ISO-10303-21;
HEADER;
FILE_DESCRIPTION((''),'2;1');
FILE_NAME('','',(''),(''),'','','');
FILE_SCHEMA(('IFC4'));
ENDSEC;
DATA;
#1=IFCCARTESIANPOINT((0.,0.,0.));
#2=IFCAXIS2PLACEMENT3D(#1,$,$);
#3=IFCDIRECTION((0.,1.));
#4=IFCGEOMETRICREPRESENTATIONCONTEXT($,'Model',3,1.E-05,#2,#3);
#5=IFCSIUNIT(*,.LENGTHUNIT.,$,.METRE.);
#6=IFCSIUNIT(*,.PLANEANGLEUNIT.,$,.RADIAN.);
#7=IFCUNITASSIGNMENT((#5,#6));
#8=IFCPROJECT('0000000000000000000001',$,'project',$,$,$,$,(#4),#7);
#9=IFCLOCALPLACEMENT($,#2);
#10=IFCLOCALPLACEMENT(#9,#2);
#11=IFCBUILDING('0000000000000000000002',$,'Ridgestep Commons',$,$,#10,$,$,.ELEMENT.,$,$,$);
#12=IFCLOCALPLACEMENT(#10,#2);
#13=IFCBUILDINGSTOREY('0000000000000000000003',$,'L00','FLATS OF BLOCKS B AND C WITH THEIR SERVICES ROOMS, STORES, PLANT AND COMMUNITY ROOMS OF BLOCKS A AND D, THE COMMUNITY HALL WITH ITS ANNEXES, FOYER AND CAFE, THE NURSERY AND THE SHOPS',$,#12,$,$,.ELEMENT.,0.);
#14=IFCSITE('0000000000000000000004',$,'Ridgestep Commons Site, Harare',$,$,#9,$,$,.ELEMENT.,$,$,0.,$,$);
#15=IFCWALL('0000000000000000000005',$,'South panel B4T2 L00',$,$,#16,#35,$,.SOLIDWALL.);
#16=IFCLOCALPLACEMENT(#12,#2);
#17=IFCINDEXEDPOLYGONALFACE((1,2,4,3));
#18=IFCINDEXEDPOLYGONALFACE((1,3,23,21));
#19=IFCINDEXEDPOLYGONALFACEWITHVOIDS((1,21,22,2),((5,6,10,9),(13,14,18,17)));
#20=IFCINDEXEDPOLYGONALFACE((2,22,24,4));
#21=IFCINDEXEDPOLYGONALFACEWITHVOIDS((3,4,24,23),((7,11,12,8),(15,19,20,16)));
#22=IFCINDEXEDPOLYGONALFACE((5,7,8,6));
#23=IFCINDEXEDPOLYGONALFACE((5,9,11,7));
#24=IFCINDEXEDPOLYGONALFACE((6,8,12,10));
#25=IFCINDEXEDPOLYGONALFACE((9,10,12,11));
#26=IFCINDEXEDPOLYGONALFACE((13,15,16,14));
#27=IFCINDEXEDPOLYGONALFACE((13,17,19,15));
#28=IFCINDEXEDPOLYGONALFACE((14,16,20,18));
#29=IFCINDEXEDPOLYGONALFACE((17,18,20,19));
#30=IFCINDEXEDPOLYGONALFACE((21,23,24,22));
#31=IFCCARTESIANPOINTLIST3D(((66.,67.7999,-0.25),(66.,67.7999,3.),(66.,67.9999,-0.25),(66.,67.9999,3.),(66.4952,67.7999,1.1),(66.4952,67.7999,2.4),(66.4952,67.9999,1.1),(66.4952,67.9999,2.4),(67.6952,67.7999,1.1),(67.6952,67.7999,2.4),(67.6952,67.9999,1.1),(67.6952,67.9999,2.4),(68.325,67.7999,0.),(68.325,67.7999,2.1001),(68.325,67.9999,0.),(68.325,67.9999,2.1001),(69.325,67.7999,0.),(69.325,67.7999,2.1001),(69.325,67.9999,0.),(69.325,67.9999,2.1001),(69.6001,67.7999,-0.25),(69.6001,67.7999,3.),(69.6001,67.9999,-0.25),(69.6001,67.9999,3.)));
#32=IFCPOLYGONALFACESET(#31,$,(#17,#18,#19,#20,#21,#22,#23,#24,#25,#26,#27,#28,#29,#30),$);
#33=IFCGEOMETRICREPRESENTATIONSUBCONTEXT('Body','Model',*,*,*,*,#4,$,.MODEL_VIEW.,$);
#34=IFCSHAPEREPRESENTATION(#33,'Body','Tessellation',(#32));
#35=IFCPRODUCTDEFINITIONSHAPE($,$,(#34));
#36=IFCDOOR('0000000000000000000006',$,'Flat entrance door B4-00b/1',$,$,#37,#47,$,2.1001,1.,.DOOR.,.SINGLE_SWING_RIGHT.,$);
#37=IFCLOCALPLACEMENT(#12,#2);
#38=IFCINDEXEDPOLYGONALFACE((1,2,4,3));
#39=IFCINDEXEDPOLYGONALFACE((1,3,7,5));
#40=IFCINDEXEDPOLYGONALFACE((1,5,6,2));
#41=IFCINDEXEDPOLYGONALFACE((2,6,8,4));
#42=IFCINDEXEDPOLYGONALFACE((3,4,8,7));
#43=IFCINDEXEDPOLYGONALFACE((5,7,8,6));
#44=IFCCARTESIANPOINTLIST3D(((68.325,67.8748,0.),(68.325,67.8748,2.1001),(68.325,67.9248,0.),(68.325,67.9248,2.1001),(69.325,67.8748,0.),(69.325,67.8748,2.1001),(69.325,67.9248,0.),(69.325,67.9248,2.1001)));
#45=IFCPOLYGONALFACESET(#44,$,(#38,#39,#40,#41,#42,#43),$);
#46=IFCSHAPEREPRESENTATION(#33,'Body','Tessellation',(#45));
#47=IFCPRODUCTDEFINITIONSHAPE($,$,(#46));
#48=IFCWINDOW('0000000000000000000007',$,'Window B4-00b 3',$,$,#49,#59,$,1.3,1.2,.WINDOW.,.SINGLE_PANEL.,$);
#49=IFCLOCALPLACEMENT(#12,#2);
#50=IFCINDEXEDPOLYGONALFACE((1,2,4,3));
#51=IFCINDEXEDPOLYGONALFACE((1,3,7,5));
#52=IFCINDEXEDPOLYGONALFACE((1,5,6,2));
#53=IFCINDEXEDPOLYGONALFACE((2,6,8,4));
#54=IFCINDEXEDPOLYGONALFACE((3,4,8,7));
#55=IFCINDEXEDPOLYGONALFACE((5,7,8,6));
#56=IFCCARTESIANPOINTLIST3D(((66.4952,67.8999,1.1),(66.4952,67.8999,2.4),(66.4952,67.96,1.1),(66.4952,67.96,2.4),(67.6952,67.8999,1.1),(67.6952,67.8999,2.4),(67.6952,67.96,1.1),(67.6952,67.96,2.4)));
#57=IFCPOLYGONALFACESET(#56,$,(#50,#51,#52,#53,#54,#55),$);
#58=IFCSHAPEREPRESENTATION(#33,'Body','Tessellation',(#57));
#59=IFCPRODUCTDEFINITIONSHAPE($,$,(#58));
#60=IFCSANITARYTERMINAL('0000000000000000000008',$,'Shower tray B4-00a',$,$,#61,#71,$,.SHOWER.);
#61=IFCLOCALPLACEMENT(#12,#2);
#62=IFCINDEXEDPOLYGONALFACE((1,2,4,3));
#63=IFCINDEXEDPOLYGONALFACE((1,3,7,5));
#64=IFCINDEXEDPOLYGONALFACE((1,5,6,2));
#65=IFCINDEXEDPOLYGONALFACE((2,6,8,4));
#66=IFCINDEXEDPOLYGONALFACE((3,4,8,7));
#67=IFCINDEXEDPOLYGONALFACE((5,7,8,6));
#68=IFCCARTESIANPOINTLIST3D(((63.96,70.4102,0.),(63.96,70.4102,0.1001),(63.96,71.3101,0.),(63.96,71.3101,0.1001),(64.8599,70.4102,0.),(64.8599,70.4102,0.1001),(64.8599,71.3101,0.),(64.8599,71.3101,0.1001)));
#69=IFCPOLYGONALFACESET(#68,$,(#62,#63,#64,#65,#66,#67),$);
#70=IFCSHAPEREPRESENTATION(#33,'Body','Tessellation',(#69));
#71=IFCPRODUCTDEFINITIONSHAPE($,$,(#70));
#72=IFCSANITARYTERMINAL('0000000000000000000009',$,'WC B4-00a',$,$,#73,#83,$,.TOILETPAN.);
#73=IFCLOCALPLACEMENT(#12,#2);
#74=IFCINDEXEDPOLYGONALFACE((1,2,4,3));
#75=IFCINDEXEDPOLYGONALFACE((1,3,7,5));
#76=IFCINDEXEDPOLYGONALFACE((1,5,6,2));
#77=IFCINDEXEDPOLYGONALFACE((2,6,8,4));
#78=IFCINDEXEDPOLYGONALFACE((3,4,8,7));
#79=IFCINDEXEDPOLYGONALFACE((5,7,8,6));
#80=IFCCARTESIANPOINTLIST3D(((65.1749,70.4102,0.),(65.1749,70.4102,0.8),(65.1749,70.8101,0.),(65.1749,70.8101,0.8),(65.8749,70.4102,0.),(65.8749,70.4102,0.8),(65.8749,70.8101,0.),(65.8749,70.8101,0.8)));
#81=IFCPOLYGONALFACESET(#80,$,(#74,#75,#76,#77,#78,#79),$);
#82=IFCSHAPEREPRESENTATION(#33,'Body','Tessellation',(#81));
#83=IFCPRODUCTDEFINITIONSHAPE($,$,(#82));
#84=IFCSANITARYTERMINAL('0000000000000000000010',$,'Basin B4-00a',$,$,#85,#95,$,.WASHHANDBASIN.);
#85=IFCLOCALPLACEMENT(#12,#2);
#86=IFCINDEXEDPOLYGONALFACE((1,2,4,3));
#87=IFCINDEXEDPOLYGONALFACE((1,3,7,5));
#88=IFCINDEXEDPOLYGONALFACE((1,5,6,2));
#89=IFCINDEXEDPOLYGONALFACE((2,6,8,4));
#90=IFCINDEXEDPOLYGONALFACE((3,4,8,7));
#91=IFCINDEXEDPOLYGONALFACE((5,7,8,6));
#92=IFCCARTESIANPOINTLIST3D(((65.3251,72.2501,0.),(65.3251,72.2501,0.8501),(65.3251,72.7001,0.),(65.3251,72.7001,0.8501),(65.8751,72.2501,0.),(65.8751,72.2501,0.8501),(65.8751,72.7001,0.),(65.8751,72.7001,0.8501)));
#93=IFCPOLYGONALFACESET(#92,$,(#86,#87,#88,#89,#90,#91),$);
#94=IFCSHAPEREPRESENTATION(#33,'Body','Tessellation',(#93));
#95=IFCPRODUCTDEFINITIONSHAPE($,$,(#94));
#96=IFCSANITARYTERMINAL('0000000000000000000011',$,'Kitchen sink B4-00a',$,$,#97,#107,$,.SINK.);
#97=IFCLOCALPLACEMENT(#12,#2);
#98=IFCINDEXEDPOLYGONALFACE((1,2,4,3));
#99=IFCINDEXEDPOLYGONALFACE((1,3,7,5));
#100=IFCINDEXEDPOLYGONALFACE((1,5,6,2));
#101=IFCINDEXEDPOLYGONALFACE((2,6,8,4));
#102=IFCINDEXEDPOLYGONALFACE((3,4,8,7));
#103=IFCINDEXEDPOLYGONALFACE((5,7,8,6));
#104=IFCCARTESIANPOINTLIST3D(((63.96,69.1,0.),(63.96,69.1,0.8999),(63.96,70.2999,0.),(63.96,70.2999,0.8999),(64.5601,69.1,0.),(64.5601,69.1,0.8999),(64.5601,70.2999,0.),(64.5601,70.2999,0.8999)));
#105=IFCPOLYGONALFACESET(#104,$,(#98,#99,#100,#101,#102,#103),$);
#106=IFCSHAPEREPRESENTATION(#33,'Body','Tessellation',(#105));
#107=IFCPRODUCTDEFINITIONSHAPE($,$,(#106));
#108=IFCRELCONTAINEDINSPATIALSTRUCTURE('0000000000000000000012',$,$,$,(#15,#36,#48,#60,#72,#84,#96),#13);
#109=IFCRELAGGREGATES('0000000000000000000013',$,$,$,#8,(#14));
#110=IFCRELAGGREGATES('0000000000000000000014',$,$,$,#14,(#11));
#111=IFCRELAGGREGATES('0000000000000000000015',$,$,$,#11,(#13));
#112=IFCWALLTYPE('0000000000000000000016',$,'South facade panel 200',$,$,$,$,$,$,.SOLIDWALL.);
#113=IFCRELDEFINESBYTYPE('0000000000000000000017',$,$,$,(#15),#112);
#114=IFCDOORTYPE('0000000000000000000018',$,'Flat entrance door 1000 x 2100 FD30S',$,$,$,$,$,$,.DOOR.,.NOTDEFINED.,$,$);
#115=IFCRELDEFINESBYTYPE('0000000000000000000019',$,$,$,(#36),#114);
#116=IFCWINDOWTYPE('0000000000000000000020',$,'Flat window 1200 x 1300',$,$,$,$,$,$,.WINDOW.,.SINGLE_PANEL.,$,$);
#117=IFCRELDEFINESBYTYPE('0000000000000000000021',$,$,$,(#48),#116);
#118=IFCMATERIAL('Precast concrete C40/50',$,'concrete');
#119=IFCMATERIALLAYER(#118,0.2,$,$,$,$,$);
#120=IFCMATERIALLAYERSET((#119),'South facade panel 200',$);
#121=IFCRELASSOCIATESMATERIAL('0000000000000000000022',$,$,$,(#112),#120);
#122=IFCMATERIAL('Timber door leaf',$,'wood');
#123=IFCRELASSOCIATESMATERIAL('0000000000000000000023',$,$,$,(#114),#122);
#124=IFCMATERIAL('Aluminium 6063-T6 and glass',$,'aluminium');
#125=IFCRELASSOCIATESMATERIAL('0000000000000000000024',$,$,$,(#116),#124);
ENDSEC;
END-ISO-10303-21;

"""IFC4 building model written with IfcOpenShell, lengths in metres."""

from ifc_helpers import new_model, si_unit, direction, frame, frame_2d, origin, origin_2d, place, context, subcontext, project, spatial, rectangle, extrude, material, layer, layer_set, type_object, element, fill, save


model = new_model("IFC4")

# Units and contexts
model_context = context("Model", 3, precision=1e-05, world=origin(), true_north=direction((0.0, 1.0)))
body_context = subcontext(model_context, "Body", "Model", "MODEL_VIEW")
ifc_project = project(units=[si_unit("LENGTHUNIT", "METRE"), si_unit("PLANEANGLEUNIT", "RADIAN")], contexts=[model_context])

# Site, building, storey
site_placement = place(None, origin())
site = spatial("IfcSite", under=ifc_project, at=site_placement, Name="Ridgestep Commons Site, Harare", CompositionType="ELEMENT", RefElevation=0.0)
building_placement = place(site_placement, origin())
building = spatial("IfcBuilding", under=site, at=building_placement, Name="Ridgestep Commons", CompositionType="ELEMENT")
storey_placement = place(building_placement, origin())
storey = spatial("IfcBuildingStorey", under=building, at=storey_placement, Name="L00", Description="FLATS OF BLOCKS B AND C WITH THEIR SERVICES ROOMS, STORES, PLANT AND COMMUNITY ROOMS OF BLOCKS A AND D, THE COMMUNITY HALL WITH ITS ANNEXES, FOYER AND CAFE, THE NURSERY AND THE SHOPS", CompositionType="ELEMENT", Elevation=0.0)

# Wall, openings, door, window
ifc_material_1 = material(Name="Precast concrete C40/50", Category="concrete")
ifc_layer_1 = layer(ifc_material_1, 0.2)
ifc_layer_set_1 = layer_set([ifc_layer_1], Name="South facade panel 200")
wall_type_1 = type_object("IfcWallType", Name="South facade panel 200", PredefinedType="SOLIDWALL", material=ifc_layer_set_1)
ifc_material_2 = material(Name="Timber door leaf", Category="wood")
door_type_1 = type_object("IfcDoorType", Name="Flat entrance door 1000 x 2100 FD30S", OperationType="NOTDEFINED", PredefinedType="DOOR", material=ifc_material_2)
ifc_material_3 = material(Name="Aluminium 6063-T6 and glass", Category="aluminium")
window_type = type_object("IfcWindowType", Name="Flat window 1200 x 1300", PartitioningType="SINGLE_PANEL", PredefinedType="WINDOW", material=ifc_material_3)
wall_1_placement = place(storey_placement, frame((66.0, 67.8999, -0.25), z_axis=(0.0, 0.0, 1.0), x_axis=(1.0, 0.0, 0.0)))
wall_1 = element("IfcWall", 1, at=wall_1_placement, inside=storey, type_object=wall_type_1, Name="South panel B4T2 L00", PredefinedType="SOLIDWALL", context=body_context, shape_type="SweptSolid", body=[
    extrude(rectangle(XDim=3.6001, YDim=0.2, at=frame_2d((1.8, 0.0))), origin(), (0.0, 0.0, 1.0), 3.25),
])
opening_1_placement = place(wall_1_placement, frame((0.4951, 0.0, 1.3501)))
opening_1 = element("IfcOpeningElement", 2, at=opening_1_placement, cuts=wall_1, PredefinedType="OPENING", context=body_context, shape_type="SweptSolid", body=[
    extrude(rectangle(XDim=1.2, YDim=1.3, at=frame_2d((0.6001, 0.6499))), frame((0.0, 0.1099, 0.0), z_axis=(0.0, -1.0, 0.0), x_axis=(1.0, 0.0, 0.0)), (0.0, 0.0, 1.0), 0.22),
])
opening_2_placement = place(wall_1_placement, frame((2.325, 0.0, 0.25)))
opening_2 = element("IfcOpeningElement", 3, at=opening_2_placement, cuts=wall_1, PredefinedType="OPENING", context=body_context, shape_type="SweptSolid", body=[
    extrude(rectangle(XDim=1.0, YDim=2.1001, at=frame_2d((0.5, 1.05))), frame((0.0, 0.1099, 0.0), z_axis=(0.0, -1.0, 0.0), x_axis=(1.0, 0.0, 0.0)), (0.0, 0.0, 1.0), 0.22),
])
door_1_placement = place(opening_2_placement, origin())
door_1 = element("IfcDoor", 4, at=door_1_placement, inside=storey, type_object=door_type_1, Name="Flat entrance door B4-00b/1", OperationType="SINGLE_SWING_RIGHT", OverallHeight=2.1001, OverallWidth=1.0, PredefinedType="DOOR", context=body_context, shape_type="SweptSolid", body=[
    extrude(rectangle(XDim=1.0, YDim=2.1001, at=frame_2d((0.5, 1.05))), frame((0.0, 0.0249, 0.0), z_axis=(0.0, -1.0, 0.0), x_axis=(1.0, 0.0, 0.0)), (0.0, 0.0, 1.0), 0.05),
])
fill(opening_2, door_1)
window_1_placement = place(opening_1_placement, origin())
window_1 = element("IfcWindow", 5, at=window_1_placement, inside=storey, type_object=window_type, Name="Window B4-00b 3", OverallHeight=1.3, OverallWidth=1.2, PartitioningType="SINGLE_PANEL", PredefinedType="WINDOW", context=body_context, shape_type="SweptSolid", body=[
    extrude(rectangle(XDim=1.2, YDim=1.3, at=frame_2d((0.6001, 0.6499))), frame((0.0, 0.0601, 0.0), z_axis=(0.0, -1.0, 0.0), x_axis=(1.0, 0.0, 0.0)), (0.0, 0.0, 1.0), 0.0601),
])
fill(opening_1, window_1)

# Sanitary terminals
sanitary_terminal_1_placement = place(storey_placement, frame((64.4099, 70.8601, 0.0), z_axis=(0.0, 0.0, 1.0), x_axis=(1.0, 0.0, 0.0)))
element("IfcSanitaryTerminal", 6, at=sanitary_terminal_1_placement, inside=storey, Name="Shower tray B4-00a", PredefinedType="SHOWER", context=body_context, shape_type="SweptSolid", body=[
    extrude(rectangle(XDim=0.8999, YDim=0.8999, at=origin_2d()), origin(), (0.0, 0.0, 1.0), 0.1001),
])
sanitary_terminal_2_placement = place(storey_placement, frame((65.5249, 70.6101, 0.0), z_axis=(0.0, 0.0, 1.0), x_axis=(1.0, 0.0, 0.0)))
element("IfcSanitaryTerminal", 7, at=sanitary_terminal_2_placement, inside=storey, Name="WC B4-00a", PredefinedType="TOILETPAN", context=body_context, shape_type="SweptSolid", body=[
    extrude(rectangle(XDim=0.7, YDim=0.3999, at=origin_2d()), origin(), (0.0, 0.0, 1.0), 0.8),
])
sanitary_terminal_3_placement = place(storey_placement, frame((65.6001, 72.4751, 0.0), z_axis=(0.0, 0.0, 1.0), x_axis=(1.0, 0.0, 0.0)))
element("IfcSanitaryTerminal", 8, at=sanitary_terminal_3_placement, inside=storey, Name="Basin B4-00a", PredefinedType="WASHHANDBASIN", context=body_context, shape_type="SweptSolid", body=[
    extrude(rectangle(XDim=0.55, YDim=0.45, at=origin_2d()), origin(), (0.0, 0.0, 1.0), 0.8501),
])
sanitary_terminal_4_placement = place(storey_placement, frame((64.26, 69.7, 0.0), z_axis=(0.0, 0.0, 1.0), x_axis=(1.0, 0.0, 0.0)))
element("IfcSanitaryTerminal", 9, at=sanitary_terminal_4_placement, inside=storey, Name="Kitchen sink B4-00a", PredefinedType="SINK", context=body_context, shape_type="SweptSolid", body=[
    extrude(rectangle(XDim=0.6001, YDim=1.2, at=origin_2d()), origin(), (0.0, 0.0, 1.0), 0.8999),
])

save(model, "model.ifc")
